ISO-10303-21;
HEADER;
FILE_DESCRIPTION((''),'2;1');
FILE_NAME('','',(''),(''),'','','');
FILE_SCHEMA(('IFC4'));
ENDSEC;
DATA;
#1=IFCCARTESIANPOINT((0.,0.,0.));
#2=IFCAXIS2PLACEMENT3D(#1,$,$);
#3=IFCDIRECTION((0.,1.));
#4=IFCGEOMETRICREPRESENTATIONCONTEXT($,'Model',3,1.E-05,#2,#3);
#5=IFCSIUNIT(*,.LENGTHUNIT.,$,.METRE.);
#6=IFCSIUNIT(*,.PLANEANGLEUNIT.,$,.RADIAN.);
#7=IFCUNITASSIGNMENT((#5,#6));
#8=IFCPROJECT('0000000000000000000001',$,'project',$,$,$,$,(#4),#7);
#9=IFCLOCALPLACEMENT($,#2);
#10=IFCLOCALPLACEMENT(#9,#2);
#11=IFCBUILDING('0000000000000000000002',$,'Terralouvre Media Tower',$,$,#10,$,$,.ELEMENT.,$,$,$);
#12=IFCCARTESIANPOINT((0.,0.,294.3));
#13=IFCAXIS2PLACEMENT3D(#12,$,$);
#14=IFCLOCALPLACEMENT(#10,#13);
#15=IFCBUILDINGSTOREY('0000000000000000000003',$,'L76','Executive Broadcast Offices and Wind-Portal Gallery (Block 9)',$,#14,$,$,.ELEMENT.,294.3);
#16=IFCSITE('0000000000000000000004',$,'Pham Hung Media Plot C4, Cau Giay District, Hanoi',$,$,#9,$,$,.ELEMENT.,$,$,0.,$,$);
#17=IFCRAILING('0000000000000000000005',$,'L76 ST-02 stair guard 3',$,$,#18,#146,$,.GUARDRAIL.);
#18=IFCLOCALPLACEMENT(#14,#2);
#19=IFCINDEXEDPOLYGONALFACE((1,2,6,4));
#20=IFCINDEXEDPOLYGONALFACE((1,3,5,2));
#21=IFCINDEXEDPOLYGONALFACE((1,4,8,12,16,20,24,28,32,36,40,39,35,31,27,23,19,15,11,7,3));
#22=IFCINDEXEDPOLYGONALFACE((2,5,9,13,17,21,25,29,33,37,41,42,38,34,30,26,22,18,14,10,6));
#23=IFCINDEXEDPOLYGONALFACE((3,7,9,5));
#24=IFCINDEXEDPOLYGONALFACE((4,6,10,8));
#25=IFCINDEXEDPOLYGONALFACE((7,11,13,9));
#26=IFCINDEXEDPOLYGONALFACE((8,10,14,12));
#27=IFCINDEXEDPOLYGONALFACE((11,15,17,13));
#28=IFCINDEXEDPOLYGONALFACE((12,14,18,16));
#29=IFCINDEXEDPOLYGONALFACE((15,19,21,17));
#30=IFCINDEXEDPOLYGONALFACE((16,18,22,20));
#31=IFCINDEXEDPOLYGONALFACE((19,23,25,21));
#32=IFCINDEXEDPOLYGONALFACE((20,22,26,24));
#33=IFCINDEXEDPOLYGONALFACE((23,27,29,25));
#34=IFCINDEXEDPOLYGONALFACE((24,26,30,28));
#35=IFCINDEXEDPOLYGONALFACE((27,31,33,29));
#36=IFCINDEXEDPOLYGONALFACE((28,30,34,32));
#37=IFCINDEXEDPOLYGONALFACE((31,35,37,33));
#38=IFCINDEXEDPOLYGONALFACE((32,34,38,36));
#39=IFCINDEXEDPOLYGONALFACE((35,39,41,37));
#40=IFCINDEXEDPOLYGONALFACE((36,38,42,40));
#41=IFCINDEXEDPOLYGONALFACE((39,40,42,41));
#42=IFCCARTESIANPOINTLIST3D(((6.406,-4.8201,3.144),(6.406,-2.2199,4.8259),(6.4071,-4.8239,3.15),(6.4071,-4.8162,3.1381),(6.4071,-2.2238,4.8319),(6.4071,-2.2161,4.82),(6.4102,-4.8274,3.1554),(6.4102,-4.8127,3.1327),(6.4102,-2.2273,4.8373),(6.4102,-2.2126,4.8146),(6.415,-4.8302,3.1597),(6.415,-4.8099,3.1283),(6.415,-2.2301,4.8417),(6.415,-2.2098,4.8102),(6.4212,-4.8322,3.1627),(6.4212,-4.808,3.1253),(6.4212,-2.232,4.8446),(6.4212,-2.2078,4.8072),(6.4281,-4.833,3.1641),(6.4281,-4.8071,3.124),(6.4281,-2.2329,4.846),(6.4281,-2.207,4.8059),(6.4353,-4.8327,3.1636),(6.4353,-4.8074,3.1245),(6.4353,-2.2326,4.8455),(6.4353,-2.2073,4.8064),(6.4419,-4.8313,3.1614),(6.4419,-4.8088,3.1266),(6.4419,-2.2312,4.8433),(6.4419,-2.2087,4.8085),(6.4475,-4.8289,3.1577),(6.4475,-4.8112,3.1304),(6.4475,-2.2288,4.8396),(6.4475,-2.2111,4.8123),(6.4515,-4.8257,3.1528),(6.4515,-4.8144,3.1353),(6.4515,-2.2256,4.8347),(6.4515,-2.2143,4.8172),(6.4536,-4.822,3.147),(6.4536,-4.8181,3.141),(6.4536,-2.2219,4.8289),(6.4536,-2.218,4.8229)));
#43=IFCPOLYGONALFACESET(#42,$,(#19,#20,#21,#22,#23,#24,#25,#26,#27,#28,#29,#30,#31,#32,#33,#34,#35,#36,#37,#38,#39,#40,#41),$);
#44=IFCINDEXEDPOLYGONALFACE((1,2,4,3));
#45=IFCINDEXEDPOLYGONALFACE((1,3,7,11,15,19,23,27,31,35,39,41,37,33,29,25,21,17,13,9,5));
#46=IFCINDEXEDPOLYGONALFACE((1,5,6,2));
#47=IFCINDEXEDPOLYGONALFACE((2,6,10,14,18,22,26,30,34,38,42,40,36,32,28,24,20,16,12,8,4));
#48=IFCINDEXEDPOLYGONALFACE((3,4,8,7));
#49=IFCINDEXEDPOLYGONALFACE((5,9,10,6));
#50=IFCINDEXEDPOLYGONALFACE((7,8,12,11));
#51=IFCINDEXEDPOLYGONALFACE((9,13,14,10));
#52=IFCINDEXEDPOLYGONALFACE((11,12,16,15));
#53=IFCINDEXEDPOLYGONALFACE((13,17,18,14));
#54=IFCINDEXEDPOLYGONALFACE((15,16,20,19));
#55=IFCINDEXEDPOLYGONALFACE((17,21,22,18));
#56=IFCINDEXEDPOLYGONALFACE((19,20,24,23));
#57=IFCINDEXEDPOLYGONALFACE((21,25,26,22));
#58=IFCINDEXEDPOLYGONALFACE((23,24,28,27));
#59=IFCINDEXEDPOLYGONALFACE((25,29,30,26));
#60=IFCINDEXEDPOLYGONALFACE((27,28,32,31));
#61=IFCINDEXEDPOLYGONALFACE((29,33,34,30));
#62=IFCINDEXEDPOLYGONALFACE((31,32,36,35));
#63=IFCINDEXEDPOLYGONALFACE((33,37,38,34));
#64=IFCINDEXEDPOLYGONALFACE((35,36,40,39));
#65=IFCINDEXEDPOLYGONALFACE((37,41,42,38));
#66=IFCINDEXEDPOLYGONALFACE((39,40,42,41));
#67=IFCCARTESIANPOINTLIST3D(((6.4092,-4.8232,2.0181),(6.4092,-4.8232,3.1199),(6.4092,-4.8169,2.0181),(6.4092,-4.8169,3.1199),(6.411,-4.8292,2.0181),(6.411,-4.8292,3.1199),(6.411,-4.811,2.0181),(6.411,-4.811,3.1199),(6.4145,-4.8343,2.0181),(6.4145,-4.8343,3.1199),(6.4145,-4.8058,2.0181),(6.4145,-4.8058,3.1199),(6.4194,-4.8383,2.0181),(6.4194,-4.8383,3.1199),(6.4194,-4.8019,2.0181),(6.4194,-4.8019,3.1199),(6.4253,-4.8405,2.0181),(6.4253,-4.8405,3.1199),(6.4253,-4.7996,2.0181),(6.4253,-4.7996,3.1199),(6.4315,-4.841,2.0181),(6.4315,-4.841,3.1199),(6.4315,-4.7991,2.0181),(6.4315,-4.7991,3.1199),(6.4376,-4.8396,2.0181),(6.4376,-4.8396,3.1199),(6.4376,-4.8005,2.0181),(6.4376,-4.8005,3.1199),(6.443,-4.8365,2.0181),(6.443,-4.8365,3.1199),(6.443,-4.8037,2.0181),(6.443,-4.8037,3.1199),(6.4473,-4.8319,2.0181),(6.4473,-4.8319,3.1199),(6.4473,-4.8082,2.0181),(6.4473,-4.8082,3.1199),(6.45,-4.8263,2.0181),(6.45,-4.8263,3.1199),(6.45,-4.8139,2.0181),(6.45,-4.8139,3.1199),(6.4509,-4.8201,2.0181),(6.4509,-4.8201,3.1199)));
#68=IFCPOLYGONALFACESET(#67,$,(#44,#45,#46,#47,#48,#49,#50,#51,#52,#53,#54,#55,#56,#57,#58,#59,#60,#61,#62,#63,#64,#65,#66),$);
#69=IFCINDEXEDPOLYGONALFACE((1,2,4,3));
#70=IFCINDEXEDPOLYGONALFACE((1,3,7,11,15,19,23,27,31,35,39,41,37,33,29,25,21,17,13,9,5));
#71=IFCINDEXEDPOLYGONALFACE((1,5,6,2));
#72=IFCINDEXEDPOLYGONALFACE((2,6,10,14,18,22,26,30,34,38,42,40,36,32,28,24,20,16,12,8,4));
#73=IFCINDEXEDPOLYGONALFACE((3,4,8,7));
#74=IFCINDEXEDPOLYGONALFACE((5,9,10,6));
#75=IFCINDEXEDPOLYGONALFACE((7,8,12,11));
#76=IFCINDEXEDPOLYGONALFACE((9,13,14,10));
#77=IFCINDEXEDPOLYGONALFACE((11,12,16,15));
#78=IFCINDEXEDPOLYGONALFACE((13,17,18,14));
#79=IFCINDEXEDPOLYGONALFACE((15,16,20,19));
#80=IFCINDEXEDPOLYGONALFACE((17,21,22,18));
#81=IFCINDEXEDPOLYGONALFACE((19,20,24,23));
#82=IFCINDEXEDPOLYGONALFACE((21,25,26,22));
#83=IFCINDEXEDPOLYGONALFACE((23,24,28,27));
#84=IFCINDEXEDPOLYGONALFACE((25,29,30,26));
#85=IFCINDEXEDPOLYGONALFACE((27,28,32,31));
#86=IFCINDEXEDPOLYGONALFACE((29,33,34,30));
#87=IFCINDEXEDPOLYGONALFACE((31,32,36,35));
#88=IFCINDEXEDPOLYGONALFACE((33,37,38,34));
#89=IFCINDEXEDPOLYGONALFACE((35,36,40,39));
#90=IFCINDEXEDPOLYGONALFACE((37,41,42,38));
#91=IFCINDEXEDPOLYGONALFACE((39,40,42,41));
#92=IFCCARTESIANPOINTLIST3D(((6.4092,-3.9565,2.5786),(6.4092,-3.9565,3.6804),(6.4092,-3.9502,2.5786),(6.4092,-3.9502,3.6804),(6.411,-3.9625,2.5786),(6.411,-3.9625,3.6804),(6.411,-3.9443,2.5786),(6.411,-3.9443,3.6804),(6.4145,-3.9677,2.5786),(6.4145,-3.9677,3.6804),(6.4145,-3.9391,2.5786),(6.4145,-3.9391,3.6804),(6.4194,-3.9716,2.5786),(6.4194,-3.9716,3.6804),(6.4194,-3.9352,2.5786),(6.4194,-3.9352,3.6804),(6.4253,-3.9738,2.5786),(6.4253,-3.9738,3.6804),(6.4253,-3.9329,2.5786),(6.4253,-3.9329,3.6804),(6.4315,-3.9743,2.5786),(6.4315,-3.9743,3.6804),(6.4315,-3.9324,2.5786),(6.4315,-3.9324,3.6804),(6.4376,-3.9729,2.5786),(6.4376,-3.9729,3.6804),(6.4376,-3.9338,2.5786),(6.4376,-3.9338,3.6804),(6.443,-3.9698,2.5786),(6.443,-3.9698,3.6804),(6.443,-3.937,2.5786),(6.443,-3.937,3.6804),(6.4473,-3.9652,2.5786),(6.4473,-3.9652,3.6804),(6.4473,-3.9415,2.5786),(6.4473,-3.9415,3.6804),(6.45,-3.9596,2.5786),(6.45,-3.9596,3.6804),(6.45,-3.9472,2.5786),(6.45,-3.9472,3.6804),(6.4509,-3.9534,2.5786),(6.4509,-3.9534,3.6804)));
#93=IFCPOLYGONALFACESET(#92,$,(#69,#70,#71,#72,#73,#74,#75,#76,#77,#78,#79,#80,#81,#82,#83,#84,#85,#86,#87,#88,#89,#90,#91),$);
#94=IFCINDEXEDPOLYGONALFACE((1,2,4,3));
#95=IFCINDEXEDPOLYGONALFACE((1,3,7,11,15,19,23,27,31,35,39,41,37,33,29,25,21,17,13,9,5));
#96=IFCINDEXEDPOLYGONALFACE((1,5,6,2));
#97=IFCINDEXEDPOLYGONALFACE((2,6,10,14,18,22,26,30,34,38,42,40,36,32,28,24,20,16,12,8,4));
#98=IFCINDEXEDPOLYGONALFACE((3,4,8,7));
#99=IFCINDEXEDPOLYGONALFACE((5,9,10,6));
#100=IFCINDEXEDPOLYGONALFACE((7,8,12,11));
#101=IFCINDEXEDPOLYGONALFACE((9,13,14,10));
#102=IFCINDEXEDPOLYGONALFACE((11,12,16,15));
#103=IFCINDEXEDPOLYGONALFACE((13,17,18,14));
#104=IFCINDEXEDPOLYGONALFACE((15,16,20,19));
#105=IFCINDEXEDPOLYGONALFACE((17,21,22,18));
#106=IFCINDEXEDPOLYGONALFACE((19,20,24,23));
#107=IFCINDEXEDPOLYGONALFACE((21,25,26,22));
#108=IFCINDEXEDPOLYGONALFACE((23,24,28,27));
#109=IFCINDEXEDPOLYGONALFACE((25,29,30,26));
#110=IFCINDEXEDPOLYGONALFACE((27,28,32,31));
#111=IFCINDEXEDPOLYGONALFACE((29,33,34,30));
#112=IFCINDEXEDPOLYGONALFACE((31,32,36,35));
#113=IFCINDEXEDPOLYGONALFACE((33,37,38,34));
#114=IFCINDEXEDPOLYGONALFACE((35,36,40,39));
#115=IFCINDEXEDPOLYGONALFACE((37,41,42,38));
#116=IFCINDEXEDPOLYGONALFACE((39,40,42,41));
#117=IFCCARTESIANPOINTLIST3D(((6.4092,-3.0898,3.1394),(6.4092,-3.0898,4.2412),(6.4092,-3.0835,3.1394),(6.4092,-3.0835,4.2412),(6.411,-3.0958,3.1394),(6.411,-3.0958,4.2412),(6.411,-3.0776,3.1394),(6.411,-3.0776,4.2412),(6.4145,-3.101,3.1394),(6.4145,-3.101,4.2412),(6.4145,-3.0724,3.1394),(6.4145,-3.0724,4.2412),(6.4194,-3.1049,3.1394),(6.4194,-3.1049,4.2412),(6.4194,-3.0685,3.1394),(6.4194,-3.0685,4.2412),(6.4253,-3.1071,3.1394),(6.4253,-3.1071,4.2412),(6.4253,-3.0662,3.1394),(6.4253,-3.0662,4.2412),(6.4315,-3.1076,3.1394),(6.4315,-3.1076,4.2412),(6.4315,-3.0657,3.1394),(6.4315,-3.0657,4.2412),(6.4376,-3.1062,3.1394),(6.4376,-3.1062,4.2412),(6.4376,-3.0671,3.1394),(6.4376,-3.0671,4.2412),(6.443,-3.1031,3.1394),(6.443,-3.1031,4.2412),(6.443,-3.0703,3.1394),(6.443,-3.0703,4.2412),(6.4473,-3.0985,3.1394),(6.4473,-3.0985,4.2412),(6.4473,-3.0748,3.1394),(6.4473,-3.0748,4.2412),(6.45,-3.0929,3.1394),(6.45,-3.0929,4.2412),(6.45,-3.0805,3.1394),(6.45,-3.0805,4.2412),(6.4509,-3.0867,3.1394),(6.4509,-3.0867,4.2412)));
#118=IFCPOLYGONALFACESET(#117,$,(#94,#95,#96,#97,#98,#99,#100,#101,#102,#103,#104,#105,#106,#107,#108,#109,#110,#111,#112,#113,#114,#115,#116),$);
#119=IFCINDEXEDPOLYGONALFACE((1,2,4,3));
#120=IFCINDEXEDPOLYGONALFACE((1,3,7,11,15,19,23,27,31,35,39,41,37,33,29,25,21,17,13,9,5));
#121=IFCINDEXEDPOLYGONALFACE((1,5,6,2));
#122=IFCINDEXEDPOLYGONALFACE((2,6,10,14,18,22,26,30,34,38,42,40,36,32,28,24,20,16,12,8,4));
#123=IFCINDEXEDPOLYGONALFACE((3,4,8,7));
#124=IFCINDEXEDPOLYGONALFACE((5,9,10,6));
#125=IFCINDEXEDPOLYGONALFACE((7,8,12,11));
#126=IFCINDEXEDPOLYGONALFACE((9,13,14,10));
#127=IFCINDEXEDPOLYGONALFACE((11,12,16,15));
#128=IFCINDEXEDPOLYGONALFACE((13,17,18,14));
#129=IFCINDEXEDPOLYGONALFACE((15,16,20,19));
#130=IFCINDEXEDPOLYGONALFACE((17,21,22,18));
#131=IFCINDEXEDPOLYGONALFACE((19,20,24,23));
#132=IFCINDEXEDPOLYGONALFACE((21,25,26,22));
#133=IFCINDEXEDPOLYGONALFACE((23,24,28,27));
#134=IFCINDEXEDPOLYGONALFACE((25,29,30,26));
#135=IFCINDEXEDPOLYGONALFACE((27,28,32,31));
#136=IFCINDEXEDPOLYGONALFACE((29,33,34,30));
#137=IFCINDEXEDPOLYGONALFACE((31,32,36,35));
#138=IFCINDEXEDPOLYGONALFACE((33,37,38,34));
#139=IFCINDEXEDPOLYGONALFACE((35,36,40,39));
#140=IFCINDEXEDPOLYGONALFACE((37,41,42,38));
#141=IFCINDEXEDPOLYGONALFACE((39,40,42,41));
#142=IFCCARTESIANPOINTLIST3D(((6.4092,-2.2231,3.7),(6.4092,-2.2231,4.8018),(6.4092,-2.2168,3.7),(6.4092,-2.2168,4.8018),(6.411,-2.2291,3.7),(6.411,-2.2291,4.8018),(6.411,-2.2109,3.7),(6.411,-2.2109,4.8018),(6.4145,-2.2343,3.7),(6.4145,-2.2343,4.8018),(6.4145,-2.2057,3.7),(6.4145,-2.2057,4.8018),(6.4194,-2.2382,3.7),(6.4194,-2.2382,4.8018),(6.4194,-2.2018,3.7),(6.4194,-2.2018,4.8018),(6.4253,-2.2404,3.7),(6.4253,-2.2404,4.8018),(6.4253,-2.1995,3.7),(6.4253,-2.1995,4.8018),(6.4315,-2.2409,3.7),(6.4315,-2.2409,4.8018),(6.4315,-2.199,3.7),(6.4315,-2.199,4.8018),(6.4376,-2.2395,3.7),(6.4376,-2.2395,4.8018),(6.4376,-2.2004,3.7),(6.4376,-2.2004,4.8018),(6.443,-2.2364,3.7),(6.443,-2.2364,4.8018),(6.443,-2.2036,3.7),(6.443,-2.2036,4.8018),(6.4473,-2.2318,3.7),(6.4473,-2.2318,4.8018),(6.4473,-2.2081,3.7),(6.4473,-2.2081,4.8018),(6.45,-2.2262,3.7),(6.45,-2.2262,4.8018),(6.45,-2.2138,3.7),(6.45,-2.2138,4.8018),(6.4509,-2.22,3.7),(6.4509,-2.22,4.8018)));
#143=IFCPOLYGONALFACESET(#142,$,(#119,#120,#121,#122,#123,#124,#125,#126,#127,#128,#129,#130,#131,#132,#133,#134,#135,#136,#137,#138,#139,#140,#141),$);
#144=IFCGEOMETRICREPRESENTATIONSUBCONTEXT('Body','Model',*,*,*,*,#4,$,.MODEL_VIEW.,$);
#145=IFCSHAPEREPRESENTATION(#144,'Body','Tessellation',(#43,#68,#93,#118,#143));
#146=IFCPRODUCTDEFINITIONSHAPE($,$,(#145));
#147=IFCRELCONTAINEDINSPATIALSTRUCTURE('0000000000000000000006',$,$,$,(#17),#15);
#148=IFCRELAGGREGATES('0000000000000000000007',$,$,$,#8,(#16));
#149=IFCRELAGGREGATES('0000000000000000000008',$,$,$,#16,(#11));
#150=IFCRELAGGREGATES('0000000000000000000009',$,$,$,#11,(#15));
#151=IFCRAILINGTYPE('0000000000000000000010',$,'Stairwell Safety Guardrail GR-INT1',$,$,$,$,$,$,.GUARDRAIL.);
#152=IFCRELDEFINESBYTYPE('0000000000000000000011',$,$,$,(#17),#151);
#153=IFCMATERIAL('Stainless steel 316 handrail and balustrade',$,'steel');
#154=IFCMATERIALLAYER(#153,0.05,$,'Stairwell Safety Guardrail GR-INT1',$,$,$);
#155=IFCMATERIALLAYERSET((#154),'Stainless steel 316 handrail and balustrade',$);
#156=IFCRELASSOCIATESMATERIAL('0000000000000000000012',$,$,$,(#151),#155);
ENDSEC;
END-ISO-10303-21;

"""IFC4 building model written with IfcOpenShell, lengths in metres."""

from ifc_helpers import new_model, si_unit, direction, frame, origin, origin_2d, place, context, subcontext, project, spatial, circle, extrude, material, layer, layer_set, type_object, element, save


model = new_model("IFC4")

# Units and contexts
model_context = context("Model", 3, precision=1e-05, world=origin(), true_north=direction((0.0, 1.0)))
body_context = subcontext(model_context, "Body", "Model", "MODEL_VIEW")
ifc_project = project(units=[si_unit("LENGTHUNIT", "METRE"), si_unit("PLANEANGLEUNIT", "RADIAN")], contexts=[model_context])

# Site, building, storey
site_placement = place(None, origin())
site = spatial("IfcSite", under=ifc_project, at=site_placement, Name="Pham Hung Media Plot C4, Cau Giay District, Hanoi", CompositionType="ELEMENT", RefElevation=0.0)
building_placement = place(site_placement, origin())
building = spatial("IfcBuilding", under=site, at=building_placement, Name="Terralouvre Media Tower", CompositionType="ELEMENT")
storey_placement = place(building_placement, frame((0.0, 0.0, 294.3)))
storey = spatial("IfcBuildingStorey", under=building, at=storey_placement, Name="L76", Description="Executive Broadcast Offices and Wind-Portal Gallery (Block 9)", CompositionType="ELEMENT", Elevation=294.3)

# Railing
ifc_material_1 = material(Name="Stainless steel 316 handrail and balustrade", Category="steel")
ifc_layer_1 = layer(ifc_material_1, 0.05, Name="Stairwell Safety Guardrail GR-INT1")
ifc_layer_set_1 = layer_set([ifc_layer_1], Name="Stainless steel 316 handrail and balustrade")
railing_type_1 = type_object("IfcRailingType", Name="Stairwell Safety Guardrail GR-INT1", PredefinedType="GUARDRAIL", material=ifc_layer_set_1)
railing_1_placement = place(storey_placement, frame((6.4299, -4.8201, 2.0181)))
element("IfcRailing", 1, at=railing_1_placement, inside=storey, type_object=railing_type_1, Name="L76 ST-02 stair guard 3", PredefinedType="GUARDRAIL", context=body_context, shape_type="SweptSolid", body=[
    extrude(circle(Radius=0.0239, at=origin_2d()), frame((0.0, 0.0, 1.126), z_axis=(0.0, 0.839648, 0.54313), x_axis=(-1.0, 0.0, 0.0)), (0.0, 0.0, 1.0), 3.0967),
    extrude(circle(Radius=0.021, at=origin_2d()), origin(), (0.0, 0.0, 1.0), 1.1018),
    extrude(circle(Radius=0.021, at=origin_2d()), frame((0.0, 0.8667, 0.5605)), (0.0, 0.0, 1.0), 1.1018),
    extrude(circle(Radius=0.021, at=origin_2d()), frame((0.0, 1.7334, 1.1213)), (0.0, 0.0, 1.0), 1.1018),
    extrude(circle(Radius=0.021, at=origin_2d()), frame((0.0, 2.6001, 1.6819)), (0.0, 0.0, 1.0), 1.1018),
])

save(model, "model.ifc")
